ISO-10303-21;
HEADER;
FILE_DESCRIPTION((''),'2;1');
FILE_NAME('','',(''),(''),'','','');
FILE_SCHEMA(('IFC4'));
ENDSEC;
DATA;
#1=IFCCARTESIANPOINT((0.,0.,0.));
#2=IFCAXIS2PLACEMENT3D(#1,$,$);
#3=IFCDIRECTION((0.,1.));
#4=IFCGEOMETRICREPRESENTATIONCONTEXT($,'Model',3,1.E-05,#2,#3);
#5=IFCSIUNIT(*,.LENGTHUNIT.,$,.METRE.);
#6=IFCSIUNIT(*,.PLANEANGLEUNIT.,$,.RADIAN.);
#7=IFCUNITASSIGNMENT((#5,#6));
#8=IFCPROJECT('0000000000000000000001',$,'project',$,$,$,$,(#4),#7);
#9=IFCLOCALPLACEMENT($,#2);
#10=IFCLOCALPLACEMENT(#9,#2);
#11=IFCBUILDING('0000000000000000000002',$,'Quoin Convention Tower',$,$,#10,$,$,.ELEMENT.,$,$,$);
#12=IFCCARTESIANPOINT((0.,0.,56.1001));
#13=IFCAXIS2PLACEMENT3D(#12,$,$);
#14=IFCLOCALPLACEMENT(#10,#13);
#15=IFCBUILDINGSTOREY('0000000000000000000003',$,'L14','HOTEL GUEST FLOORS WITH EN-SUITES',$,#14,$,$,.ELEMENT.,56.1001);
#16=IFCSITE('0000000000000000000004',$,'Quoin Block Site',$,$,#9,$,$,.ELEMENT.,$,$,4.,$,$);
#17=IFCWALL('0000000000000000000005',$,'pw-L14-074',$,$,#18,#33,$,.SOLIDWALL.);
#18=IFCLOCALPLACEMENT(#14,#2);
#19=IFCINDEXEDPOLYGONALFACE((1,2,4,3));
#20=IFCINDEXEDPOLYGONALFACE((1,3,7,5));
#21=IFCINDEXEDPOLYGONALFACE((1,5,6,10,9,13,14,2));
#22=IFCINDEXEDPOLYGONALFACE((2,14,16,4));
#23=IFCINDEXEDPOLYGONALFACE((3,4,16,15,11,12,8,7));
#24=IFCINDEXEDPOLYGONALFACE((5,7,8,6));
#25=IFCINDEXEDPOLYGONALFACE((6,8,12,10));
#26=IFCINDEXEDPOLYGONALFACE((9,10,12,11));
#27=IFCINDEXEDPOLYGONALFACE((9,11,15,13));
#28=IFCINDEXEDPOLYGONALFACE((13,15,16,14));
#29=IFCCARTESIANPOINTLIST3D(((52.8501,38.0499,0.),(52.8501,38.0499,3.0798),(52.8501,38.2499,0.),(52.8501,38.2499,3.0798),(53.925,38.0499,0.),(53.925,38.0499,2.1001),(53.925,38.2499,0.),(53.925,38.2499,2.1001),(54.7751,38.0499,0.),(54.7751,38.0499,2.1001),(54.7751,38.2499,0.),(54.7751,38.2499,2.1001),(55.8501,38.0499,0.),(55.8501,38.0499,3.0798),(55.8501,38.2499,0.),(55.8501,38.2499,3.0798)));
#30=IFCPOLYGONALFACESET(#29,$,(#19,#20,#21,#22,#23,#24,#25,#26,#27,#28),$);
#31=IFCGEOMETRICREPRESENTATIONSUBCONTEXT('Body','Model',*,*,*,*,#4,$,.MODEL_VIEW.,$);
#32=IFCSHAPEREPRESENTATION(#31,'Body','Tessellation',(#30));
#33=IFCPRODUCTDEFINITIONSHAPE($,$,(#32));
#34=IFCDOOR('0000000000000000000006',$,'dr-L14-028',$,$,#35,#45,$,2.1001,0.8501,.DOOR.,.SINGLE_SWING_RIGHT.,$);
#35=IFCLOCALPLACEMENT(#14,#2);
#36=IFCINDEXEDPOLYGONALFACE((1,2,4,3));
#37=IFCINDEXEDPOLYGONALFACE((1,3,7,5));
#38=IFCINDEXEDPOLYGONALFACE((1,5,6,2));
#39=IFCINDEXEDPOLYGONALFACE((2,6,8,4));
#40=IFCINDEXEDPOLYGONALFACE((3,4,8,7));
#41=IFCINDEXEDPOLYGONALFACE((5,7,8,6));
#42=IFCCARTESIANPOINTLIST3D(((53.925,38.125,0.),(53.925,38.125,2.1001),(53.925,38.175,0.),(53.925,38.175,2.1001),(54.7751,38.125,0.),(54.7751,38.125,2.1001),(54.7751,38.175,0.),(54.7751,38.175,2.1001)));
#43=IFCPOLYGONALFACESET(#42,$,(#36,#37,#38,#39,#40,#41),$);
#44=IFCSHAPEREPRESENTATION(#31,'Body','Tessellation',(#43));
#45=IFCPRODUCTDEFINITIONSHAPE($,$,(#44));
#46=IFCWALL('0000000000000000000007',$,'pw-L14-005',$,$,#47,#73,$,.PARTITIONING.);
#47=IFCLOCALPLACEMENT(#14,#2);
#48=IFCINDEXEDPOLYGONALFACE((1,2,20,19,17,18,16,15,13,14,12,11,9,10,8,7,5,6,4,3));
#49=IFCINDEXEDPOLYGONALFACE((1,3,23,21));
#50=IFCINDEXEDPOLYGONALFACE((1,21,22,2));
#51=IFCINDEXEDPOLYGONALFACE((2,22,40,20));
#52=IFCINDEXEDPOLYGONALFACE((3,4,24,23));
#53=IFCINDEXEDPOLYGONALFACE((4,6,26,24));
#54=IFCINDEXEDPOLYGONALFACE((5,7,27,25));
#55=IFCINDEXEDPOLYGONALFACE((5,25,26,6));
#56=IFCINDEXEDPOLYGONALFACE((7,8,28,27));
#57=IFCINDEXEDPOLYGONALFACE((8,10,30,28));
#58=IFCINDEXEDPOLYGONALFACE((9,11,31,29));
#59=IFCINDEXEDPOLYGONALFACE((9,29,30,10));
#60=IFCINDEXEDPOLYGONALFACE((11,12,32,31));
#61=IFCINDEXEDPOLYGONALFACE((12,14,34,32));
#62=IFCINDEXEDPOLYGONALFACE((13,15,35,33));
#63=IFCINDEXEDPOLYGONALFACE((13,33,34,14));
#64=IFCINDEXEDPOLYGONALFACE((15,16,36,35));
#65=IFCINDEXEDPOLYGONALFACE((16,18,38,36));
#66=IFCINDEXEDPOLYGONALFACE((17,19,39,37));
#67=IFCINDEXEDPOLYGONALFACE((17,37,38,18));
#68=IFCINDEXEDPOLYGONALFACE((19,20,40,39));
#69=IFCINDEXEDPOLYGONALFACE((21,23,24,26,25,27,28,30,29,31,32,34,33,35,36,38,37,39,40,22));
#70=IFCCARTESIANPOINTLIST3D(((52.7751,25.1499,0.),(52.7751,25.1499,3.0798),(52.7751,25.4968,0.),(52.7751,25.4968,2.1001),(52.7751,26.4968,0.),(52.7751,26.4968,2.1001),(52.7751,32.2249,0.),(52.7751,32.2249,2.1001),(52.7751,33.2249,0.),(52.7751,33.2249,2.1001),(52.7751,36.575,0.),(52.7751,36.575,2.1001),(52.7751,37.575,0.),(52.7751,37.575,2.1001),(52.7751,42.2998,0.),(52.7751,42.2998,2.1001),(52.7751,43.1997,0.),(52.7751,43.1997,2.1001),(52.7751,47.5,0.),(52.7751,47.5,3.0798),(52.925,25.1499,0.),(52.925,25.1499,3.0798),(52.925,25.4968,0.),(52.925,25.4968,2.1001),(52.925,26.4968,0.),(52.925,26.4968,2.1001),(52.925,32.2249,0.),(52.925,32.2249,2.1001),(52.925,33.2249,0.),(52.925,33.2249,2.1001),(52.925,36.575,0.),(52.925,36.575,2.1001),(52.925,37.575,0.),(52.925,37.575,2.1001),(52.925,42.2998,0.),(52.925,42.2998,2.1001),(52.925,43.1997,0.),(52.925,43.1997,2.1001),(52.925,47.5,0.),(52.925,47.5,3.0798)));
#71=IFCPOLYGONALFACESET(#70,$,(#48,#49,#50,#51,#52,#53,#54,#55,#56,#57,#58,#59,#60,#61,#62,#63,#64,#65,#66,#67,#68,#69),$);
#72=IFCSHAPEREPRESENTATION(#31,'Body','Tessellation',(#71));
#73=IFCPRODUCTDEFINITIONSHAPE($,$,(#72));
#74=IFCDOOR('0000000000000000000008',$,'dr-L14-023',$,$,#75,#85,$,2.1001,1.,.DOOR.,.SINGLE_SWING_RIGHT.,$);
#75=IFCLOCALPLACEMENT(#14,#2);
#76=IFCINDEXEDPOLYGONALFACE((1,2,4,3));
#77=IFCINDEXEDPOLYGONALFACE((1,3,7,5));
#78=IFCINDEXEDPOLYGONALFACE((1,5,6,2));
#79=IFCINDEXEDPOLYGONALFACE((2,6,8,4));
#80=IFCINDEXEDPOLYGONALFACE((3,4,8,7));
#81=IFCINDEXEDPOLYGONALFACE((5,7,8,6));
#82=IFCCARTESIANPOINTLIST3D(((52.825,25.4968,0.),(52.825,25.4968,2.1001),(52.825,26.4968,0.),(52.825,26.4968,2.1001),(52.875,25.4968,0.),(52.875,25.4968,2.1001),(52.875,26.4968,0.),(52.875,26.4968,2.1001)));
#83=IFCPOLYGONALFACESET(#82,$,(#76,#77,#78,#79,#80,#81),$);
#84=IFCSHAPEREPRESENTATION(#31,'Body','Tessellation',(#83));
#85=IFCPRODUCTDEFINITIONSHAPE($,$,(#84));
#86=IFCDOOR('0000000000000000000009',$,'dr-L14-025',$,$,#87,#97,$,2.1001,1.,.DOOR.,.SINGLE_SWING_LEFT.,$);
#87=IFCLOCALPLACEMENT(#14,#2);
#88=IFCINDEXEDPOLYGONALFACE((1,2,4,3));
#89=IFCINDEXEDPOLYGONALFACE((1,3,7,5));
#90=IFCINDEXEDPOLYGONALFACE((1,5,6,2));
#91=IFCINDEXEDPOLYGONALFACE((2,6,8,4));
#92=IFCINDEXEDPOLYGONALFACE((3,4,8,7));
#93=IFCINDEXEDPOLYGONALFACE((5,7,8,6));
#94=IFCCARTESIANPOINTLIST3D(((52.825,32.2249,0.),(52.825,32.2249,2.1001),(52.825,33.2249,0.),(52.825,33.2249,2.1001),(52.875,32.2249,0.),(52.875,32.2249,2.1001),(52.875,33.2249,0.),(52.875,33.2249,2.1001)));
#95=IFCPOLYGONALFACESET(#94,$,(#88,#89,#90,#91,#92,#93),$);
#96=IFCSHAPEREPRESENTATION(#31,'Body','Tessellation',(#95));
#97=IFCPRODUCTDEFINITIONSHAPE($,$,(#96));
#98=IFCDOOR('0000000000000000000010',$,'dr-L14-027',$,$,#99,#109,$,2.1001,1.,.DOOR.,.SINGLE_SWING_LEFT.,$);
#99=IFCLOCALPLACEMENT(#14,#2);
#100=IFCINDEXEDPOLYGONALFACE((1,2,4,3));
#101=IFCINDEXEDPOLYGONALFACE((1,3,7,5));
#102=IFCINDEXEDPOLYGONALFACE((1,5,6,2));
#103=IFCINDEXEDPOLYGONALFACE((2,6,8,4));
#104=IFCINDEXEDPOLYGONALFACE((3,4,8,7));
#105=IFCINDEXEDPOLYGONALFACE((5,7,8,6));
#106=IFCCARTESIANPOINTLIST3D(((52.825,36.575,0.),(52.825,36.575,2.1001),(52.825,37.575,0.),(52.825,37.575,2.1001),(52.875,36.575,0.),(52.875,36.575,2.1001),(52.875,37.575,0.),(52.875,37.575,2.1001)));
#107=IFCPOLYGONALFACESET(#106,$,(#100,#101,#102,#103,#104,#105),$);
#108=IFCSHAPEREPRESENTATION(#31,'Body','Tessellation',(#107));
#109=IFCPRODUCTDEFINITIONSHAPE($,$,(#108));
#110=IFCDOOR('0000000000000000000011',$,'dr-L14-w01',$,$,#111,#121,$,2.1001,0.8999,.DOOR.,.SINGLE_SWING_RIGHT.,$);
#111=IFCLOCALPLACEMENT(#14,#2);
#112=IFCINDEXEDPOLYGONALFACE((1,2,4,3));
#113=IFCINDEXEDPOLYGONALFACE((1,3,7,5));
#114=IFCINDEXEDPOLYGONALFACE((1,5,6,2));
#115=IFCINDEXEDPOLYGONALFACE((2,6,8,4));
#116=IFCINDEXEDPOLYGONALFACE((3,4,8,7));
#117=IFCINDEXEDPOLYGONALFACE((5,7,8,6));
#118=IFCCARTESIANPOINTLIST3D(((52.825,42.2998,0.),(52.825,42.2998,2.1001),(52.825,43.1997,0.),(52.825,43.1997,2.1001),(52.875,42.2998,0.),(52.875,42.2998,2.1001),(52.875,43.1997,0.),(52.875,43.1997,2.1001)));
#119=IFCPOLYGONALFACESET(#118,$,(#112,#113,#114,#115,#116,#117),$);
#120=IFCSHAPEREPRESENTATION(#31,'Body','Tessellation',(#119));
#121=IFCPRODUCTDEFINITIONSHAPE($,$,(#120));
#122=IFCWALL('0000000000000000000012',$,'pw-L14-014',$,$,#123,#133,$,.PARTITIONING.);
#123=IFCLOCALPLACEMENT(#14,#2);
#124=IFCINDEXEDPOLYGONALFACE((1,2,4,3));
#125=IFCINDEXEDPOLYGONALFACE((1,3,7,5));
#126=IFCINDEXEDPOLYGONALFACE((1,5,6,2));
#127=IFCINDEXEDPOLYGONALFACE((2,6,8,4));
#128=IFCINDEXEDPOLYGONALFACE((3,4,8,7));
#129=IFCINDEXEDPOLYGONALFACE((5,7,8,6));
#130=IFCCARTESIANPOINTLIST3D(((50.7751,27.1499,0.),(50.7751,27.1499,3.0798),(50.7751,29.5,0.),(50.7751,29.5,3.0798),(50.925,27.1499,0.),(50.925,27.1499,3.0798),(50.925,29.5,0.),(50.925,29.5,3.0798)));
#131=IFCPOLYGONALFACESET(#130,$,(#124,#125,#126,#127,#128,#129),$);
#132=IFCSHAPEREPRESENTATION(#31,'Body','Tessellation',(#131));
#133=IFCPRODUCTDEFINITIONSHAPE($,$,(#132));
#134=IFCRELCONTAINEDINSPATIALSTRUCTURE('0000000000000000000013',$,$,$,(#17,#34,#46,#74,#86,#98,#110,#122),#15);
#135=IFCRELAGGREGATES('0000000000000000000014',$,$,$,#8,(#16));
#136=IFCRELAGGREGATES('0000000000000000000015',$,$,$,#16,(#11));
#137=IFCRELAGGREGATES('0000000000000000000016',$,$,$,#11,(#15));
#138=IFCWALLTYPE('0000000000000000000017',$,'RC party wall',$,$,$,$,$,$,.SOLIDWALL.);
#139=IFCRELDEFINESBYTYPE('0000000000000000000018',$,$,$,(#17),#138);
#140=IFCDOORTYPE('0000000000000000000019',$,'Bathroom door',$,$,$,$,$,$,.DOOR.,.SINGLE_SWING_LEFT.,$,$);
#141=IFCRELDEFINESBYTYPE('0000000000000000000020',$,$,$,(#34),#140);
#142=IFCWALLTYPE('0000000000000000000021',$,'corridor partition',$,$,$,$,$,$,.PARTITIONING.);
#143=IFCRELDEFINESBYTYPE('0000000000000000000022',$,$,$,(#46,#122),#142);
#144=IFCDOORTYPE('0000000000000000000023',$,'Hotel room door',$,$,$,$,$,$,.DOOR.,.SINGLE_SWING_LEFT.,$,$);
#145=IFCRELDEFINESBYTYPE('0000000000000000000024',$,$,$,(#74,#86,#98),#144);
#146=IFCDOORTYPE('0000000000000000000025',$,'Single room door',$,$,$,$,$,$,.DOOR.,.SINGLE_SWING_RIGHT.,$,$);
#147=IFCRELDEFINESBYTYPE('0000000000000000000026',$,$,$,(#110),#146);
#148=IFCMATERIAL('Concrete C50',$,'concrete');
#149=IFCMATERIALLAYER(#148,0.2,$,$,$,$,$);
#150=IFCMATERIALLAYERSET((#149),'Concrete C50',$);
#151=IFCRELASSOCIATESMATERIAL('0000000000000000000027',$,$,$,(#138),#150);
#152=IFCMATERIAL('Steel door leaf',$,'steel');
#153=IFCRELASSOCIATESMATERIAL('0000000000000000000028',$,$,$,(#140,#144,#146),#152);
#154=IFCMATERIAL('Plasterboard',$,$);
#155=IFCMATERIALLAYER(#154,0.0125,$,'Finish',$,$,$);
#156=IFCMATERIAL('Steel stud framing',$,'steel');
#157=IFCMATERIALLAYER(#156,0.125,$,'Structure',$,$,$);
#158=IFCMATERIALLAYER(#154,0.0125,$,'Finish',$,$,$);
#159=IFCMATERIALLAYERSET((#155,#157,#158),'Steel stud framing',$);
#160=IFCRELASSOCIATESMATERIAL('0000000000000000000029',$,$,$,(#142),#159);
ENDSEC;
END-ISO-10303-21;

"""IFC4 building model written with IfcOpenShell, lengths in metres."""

from ifc_helpers import new_model, si_unit, direction, frame, frame_2d, origin, place, context, subcontext, project, spatial, rectangle, extrude, material, layer, layer_set, type_object, element, fill, save


model = new_model("IFC4")

# Units and contexts
model_context = context("Model", 3, precision=1e-05, world=origin(), true_north=direction((0.0, 1.0)))
body_context = subcontext(model_context, "Body", "Model", "MODEL_VIEW")
ifc_project = project(units=[si_unit("LENGTHUNIT", "METRE"), si_unit("PLANEANGLEUNIT", "RADIAN")], contexts=[model_context])

# Site, building, storey
site_placement = place(None, origin())
site = spatial("IfcSite", under=ifc_project, at=site_placement, Name="Quoin Block Site", CompositionType="ELEMENT", RefElevation=4.0)
building_placement = place(site_placement, origin())
building = spatial("IfcBuilding", under=site, at=building_placement, Name="Quoin Convention Tower", CompositionType="ELEMENT")
storey_placement = place(building_placement, frame((0.0, 0.0, 56.1001)))
storey = spatial("IfcBuildingStorey", under=building, at=storey_placement, Name="L14", Description="HOTEL GUEST FLOORS WITH EN-SUITES", CompositionType="ELEMENT", Elevation=56.1001)

# Shared definitions
ifc_material_1 = material(Name="Concrete C50", Category="concrete")
ifc_layer_1 = layer(ifc_material_1, 0.2)
ifc_layer_set_1 = layer_set([ifc_layer_1], Name="Concrete C50")
wall_type_1 = type_object("IfcWallType", Name="RC party wall", PredefinedType="SOLIDWALL", material=ifc_layer_set_1)
ifc_material_2 = material(Name="Steel door leaf", Category="steel")
door_type_1 = type_object("IfcDoorType", Name="Bathroom door", OperationType="SINGLE_SWING_LEFT", PredefinedType="DOOR", material=ifc_material_2)

# Wall, opening, door
wall_1_placement = place(storey_placement, frame((52.8501, 38.1499, 0.0), z_axis=(0.0, 0.0, 1.0), x_axis=(1.0, 0.0, 0.0)))
wall_1 = element("IfcWall", 1, at=wall_1_placement, inside=storey, type_object=wall_type_1, Name="pw-L14-074", PredefinedType="SOLIDWALL", context=body_context, shape_type="SweptSolid", body=[
    extrude(rectangle(XDim=3.0, YDim=0.2, at=frame_2d((1.5, 0.0))), origin(), (0.0, 0.0, 1.0), 3.0798),
])
opening_1_placement = place(wall_1_placement, frame((1.075, 0.0, 0.0)))
opening_1 = element("IfcOpeningElement", 2, at=opening_1_placement, cuts=wall_1, PredefinedType="OPENING", context=body_context, shape_type="SweptSolid", body=[
    extrude(rectangle(XDim=0.8501, YDim=2.1001, at=frame_2d((0.425, 1.05))), frame((0.0, 0.1099, 0.0), z_axis=(0.0, -1.0, 0.0), x_axis=(1.0, 0.0, 0.0)), (0.0, 0.0, 1.0), 0.22),
])
door_1_placement = place(opening_1_placement, frame((0.8501, 0.0, 0.0), z_axis=(0.0, 0.0, 1.0), x_axis=(-1.0, 0.0, 0.0)))
door_1 = element("IfcDoor", 3, at=door_1_placement, inside=storey, type_object=door_type_1, Name="dr-L14-028", OperationType="SINGLE_SWING_RIGHT", OverallHeight=2.1001, OverallWidth=0.8501, PredefinedType="DOOR", context=body_context, shape_type="SweptSolid", body=[
    extrude(rectangle(XDim=0.8501, YDim=2.1001, at=frame_2d((0.425, 1.05))), frame((0.0, 0.0249, 0.0), z_axis=(0.0, -1.0, 0.0), x_axis=(1.0, 0.0, 0.0)), (0.0, 0.0, 1.0), 0.05),
])
fill(opening_1, door_1)

# Wall, openings, doors
ifc_material_3 = material(Name="Plasterboard")
ifc_layer_2 = layer(ifc_material_3, 0.0125, Name="Finish")
ifc_material_4 = material(Name="Steel stud framing", Category="steel")
ifc_layer_3 = layer(ifc_material_4, 0.125, Name="Structure")
ifc_layer_4 = layer(ifc_material_3, 0.0125, Name="Finish")
ifc_layer_set_2 = layer_set([ifc_layer_2, ifc_layer_3, ifc_layer_4], Name="Steel stud framing")
wall_type_2 = type_object("IfcWallType", Name="corridor partition", PredefinedType="PARTITIONING", material=ifc_layer_set_2)
wall_2_placement = place(storey_placement, frame((52.8501, 25.1499, 0.0), z_axis=(0.0, 0.0, 1.0), x_axis=(0.0, 1.0, 0.0)))
wall_2 = element("IfcWall", 4, at=wall_2_placement, inside=storey, type_object=wall_type_2, Name="pw-L14-005", PredefinedType="PARTITIONING", context=body_context, shape_type="SweptSolid", body=[
    extrude(rectangle(XDim=22.3501, YDim=0.1499, at=frame_2d((11.175, 0.0))), origin(), (0.0, 0.0, 1.0), 3.0798),
])
opening_2_placement = place(wall_2_placement, frame((0.3469, 0.0, 0.0)))
opening_2 = element("IfcOpeningElement", 5, at=opening_2_placement, cuts=wall_2, PredefinedType="OPENING", context=body_context, shape_type="SweptSolid", body=[
    extrude(rectangle(XDim=1.0, YDim=2.1001, at=frame_2d((0.5, 1.05))), frame((0.0, 0.085, 0.0), z_axis=(0.0, -1.0, 0.0), x_axis=(1.0, 0.0, 0.0)), (0.0, 0.0, 1.0), 0.1699),
])
opening_3_placement = place(wall_2_placement, frame((7.075, 0.0, 0.0)))
opening_3 = element("IfcOpeningElement", 6, at=opening_3_placement, cuts=wall_2, PredefinedType="OPENING", context=body_context, shape_type="SweptSolid", body=[
    extrude(rectangle(XDim=1.0, YDim=2.1001, at=frame_2d((0.5, 1.05))), frame((0.0, 0.085, 0.0), z_axis=(0.0, -1.0, 0.0), x_axis=(1.0, 0.0, 0.0)), (0.0, 0.0, 1.0), 0.1699),
])
opening_4_placement = place(wall_2_placement, frame((11.425, 0.0, 0.0)))
opening_4 = element("IfcOpeningElement", 7, at=opening_4_placement, cuts=wall_2, PredefinedType="OPENING", context=body_context, shape_type="SweptSolid", body=[
    extrude(rectangle(XDim=1.0, YDim=2.1001, at=frame_2d((0.5, 1.05))), frame((0.0, 0.085, 0.0), z_axis=(0.0, -1.0, 0.0), x_axis=(1.0, 0.0, 0.0)), (0.0, 0.0, 1.0), 0.1699),
])
opening_5_placement = place(wall_2_placement, frame((17.1499, 0.0, 0.0)))
opening_5 = element("IfcOpeningElement", 8, at=opening_5_placement, cuts=wall_2, PredefinedType="OPENING", context=body_context, shape_type="SweptSolid", body=[
    extrude(rectangle(XDim=0.8999, YDim=2.1001, at=frame_2d((0.45, 1.05))), frame((0.0, 0.085, 0.0), z_axis=(0.0, -1.0, 0.0), x_axis=(1.0, 0.0, 0.0)), (0.0, 0.0, 1.0), 0.1699),
])
door_type_2 = type_object("IfcDoorType", Name="Hotel room door", OperationType="SINGLE_SWING_LEFT", PredefinedType="DOOR", material=ifc_material_2)
door_2_placement = place(opening_2_placement, frame((1.0, 0.0, 0.0), z_axis=(0.0, 0.0, 1.0), x_axis=(-1.0, 0.0, 0.0)))
door_2 = element("IfcDoor", 9, at=door_2_placement, inside=storey, type_object=door_type_2, Name="dr-L14-023", OperationType="SINGLE_SWING_RIGHT", OverallHeight=2.1001, OverallWidth=1.0, PredefinedType="DOOR", context=body_context, shape_type="SweptSolid", body=[
    extrude(rectangle(XDim=1.0, YDim=2.1001, at=frame_2d((0.5, 1.05))), frame((0.0, 0.0249, 0.0), z_axis=(0.0, -1.0, 0.0), x_axis=(1.0, 0.0, 0.0)), (0.0, 0.0, 1.0), 0.05),
])
fill(opening_2, door_2)
door_3_placement = place(opening_3_placement, frame((1.0, 0.0, 0.0), z_axis=(0.0, 0.0, 1.0), x_axis=(-1.0, 0.0, 0.0)))
door_3 = element("IfcDoor", 10, at=door_3_placement, inside=storey, type_object=door_type_2, Name="dr-L14-025", OperationType="SINGLE_SWING_LEFT", OverallHeight=2.1001, OverallWidth=1.0, PredefinedType="DOOR", context=body_context, shape_type="SweptSolid", body=[
    extrude(rectangle(XDim=1.0, YDim=2.1001, at=frame_2d((0.5, 1.05))), frame((0.0, 0.0249, 0.0), z_axis=(0.0, -1.0, 0.0), x_axis=(1.0, 0.0, 0.0)), (0.0, 0.0, 1.0), 0.05),
])
fill(opening_3, door_3)
door_4_placement = place(opening_4_placement, frame((1.0, 0.0, 0.0), z_axis=(0.0, 0.0, 1.0), x_axis=(-1.0, 0.0, 0.0)))
door_4 = element("IfcDoor", 11, at=door_4_placement, inside=storey, type_object=door_type_2, Name="dr-L14-027", OperationType="SINGLE_SWING_LEFT", OverallHeight=2.1001, OverallWidth=1.0, PredefinedType="DOOR", context=body_context, shape_type="SweptSolid", body=[
    extrude(rectangle(XDim=1.0, YDim=2.1001, at=frame_2d((0.5, 1.05))), frame((0.0, 0.0249, 0.0), z_axis=(0.0, -1.0, 0.0), x_axis=(1.0, 0.0, 0.0)), (0.0, 0.0, 1.0), 0.05),
])
fill(opening_4, door_4)
door_type_3 = type_object("IfcDoorType", Name="Single room door", OperationType="SINGLE_SWING_RIGHT", PredefinedType="DOOR", material=ifc_material_2)
door_5_placement = place(opening_5_placement, frame((0.8999, 0.0, 0.0), z_axis=(0.0, 0.0, 1.0), x_axis=(-1.0, 0.0, 0.0)))
door_5 = element("IfcDoor", 12, at=door_5_placement, inside=storey, type_object=door_type_3, Name="dr-L14-w01", OperationType="SINGLE_SWING_RIGHT", OverallHeight=2.1001, OverallWidth=0.8999, PredefinedType="DOOR", context=body_context, shape_type="SweptSolid", body=[
    extrude(rectangle(XDim=0.8999, YDim=2.1001, at=frame_2d((0.45, 1.05))), frame((0.0, 0.0249, 0.0), z_axis=(0.0, -1.0, 0.0), x_axis=(1.0, 0.0, 0.0)), (0.0, 0.0, 1.0), 0.05),
])
fill(opening_5, door_5)

# Wall
wall_3_placement = place(storey_placement, frame((50.8501, 27.1499, 0.0), z_axis=(0.0, 0.0, 1.0), x_axis=(0.0, 1.0, 0.0)))
element("IfcWall", 13, at=wall_3_placement, inside=storey, type_object=wall_type_2, Name="pw-L14-014", PredefinedType="PARTITIONING", context=body_context, shape_type="SweptSolid", body=[
    extrude(rectangle(XDim=2.3501, YDim=0.1499, at=frame_2d((1.175, 0.0))), origin(), (0.0, 0.0, 1.0), 3.0798),
])

save(model, "model.ifc")
